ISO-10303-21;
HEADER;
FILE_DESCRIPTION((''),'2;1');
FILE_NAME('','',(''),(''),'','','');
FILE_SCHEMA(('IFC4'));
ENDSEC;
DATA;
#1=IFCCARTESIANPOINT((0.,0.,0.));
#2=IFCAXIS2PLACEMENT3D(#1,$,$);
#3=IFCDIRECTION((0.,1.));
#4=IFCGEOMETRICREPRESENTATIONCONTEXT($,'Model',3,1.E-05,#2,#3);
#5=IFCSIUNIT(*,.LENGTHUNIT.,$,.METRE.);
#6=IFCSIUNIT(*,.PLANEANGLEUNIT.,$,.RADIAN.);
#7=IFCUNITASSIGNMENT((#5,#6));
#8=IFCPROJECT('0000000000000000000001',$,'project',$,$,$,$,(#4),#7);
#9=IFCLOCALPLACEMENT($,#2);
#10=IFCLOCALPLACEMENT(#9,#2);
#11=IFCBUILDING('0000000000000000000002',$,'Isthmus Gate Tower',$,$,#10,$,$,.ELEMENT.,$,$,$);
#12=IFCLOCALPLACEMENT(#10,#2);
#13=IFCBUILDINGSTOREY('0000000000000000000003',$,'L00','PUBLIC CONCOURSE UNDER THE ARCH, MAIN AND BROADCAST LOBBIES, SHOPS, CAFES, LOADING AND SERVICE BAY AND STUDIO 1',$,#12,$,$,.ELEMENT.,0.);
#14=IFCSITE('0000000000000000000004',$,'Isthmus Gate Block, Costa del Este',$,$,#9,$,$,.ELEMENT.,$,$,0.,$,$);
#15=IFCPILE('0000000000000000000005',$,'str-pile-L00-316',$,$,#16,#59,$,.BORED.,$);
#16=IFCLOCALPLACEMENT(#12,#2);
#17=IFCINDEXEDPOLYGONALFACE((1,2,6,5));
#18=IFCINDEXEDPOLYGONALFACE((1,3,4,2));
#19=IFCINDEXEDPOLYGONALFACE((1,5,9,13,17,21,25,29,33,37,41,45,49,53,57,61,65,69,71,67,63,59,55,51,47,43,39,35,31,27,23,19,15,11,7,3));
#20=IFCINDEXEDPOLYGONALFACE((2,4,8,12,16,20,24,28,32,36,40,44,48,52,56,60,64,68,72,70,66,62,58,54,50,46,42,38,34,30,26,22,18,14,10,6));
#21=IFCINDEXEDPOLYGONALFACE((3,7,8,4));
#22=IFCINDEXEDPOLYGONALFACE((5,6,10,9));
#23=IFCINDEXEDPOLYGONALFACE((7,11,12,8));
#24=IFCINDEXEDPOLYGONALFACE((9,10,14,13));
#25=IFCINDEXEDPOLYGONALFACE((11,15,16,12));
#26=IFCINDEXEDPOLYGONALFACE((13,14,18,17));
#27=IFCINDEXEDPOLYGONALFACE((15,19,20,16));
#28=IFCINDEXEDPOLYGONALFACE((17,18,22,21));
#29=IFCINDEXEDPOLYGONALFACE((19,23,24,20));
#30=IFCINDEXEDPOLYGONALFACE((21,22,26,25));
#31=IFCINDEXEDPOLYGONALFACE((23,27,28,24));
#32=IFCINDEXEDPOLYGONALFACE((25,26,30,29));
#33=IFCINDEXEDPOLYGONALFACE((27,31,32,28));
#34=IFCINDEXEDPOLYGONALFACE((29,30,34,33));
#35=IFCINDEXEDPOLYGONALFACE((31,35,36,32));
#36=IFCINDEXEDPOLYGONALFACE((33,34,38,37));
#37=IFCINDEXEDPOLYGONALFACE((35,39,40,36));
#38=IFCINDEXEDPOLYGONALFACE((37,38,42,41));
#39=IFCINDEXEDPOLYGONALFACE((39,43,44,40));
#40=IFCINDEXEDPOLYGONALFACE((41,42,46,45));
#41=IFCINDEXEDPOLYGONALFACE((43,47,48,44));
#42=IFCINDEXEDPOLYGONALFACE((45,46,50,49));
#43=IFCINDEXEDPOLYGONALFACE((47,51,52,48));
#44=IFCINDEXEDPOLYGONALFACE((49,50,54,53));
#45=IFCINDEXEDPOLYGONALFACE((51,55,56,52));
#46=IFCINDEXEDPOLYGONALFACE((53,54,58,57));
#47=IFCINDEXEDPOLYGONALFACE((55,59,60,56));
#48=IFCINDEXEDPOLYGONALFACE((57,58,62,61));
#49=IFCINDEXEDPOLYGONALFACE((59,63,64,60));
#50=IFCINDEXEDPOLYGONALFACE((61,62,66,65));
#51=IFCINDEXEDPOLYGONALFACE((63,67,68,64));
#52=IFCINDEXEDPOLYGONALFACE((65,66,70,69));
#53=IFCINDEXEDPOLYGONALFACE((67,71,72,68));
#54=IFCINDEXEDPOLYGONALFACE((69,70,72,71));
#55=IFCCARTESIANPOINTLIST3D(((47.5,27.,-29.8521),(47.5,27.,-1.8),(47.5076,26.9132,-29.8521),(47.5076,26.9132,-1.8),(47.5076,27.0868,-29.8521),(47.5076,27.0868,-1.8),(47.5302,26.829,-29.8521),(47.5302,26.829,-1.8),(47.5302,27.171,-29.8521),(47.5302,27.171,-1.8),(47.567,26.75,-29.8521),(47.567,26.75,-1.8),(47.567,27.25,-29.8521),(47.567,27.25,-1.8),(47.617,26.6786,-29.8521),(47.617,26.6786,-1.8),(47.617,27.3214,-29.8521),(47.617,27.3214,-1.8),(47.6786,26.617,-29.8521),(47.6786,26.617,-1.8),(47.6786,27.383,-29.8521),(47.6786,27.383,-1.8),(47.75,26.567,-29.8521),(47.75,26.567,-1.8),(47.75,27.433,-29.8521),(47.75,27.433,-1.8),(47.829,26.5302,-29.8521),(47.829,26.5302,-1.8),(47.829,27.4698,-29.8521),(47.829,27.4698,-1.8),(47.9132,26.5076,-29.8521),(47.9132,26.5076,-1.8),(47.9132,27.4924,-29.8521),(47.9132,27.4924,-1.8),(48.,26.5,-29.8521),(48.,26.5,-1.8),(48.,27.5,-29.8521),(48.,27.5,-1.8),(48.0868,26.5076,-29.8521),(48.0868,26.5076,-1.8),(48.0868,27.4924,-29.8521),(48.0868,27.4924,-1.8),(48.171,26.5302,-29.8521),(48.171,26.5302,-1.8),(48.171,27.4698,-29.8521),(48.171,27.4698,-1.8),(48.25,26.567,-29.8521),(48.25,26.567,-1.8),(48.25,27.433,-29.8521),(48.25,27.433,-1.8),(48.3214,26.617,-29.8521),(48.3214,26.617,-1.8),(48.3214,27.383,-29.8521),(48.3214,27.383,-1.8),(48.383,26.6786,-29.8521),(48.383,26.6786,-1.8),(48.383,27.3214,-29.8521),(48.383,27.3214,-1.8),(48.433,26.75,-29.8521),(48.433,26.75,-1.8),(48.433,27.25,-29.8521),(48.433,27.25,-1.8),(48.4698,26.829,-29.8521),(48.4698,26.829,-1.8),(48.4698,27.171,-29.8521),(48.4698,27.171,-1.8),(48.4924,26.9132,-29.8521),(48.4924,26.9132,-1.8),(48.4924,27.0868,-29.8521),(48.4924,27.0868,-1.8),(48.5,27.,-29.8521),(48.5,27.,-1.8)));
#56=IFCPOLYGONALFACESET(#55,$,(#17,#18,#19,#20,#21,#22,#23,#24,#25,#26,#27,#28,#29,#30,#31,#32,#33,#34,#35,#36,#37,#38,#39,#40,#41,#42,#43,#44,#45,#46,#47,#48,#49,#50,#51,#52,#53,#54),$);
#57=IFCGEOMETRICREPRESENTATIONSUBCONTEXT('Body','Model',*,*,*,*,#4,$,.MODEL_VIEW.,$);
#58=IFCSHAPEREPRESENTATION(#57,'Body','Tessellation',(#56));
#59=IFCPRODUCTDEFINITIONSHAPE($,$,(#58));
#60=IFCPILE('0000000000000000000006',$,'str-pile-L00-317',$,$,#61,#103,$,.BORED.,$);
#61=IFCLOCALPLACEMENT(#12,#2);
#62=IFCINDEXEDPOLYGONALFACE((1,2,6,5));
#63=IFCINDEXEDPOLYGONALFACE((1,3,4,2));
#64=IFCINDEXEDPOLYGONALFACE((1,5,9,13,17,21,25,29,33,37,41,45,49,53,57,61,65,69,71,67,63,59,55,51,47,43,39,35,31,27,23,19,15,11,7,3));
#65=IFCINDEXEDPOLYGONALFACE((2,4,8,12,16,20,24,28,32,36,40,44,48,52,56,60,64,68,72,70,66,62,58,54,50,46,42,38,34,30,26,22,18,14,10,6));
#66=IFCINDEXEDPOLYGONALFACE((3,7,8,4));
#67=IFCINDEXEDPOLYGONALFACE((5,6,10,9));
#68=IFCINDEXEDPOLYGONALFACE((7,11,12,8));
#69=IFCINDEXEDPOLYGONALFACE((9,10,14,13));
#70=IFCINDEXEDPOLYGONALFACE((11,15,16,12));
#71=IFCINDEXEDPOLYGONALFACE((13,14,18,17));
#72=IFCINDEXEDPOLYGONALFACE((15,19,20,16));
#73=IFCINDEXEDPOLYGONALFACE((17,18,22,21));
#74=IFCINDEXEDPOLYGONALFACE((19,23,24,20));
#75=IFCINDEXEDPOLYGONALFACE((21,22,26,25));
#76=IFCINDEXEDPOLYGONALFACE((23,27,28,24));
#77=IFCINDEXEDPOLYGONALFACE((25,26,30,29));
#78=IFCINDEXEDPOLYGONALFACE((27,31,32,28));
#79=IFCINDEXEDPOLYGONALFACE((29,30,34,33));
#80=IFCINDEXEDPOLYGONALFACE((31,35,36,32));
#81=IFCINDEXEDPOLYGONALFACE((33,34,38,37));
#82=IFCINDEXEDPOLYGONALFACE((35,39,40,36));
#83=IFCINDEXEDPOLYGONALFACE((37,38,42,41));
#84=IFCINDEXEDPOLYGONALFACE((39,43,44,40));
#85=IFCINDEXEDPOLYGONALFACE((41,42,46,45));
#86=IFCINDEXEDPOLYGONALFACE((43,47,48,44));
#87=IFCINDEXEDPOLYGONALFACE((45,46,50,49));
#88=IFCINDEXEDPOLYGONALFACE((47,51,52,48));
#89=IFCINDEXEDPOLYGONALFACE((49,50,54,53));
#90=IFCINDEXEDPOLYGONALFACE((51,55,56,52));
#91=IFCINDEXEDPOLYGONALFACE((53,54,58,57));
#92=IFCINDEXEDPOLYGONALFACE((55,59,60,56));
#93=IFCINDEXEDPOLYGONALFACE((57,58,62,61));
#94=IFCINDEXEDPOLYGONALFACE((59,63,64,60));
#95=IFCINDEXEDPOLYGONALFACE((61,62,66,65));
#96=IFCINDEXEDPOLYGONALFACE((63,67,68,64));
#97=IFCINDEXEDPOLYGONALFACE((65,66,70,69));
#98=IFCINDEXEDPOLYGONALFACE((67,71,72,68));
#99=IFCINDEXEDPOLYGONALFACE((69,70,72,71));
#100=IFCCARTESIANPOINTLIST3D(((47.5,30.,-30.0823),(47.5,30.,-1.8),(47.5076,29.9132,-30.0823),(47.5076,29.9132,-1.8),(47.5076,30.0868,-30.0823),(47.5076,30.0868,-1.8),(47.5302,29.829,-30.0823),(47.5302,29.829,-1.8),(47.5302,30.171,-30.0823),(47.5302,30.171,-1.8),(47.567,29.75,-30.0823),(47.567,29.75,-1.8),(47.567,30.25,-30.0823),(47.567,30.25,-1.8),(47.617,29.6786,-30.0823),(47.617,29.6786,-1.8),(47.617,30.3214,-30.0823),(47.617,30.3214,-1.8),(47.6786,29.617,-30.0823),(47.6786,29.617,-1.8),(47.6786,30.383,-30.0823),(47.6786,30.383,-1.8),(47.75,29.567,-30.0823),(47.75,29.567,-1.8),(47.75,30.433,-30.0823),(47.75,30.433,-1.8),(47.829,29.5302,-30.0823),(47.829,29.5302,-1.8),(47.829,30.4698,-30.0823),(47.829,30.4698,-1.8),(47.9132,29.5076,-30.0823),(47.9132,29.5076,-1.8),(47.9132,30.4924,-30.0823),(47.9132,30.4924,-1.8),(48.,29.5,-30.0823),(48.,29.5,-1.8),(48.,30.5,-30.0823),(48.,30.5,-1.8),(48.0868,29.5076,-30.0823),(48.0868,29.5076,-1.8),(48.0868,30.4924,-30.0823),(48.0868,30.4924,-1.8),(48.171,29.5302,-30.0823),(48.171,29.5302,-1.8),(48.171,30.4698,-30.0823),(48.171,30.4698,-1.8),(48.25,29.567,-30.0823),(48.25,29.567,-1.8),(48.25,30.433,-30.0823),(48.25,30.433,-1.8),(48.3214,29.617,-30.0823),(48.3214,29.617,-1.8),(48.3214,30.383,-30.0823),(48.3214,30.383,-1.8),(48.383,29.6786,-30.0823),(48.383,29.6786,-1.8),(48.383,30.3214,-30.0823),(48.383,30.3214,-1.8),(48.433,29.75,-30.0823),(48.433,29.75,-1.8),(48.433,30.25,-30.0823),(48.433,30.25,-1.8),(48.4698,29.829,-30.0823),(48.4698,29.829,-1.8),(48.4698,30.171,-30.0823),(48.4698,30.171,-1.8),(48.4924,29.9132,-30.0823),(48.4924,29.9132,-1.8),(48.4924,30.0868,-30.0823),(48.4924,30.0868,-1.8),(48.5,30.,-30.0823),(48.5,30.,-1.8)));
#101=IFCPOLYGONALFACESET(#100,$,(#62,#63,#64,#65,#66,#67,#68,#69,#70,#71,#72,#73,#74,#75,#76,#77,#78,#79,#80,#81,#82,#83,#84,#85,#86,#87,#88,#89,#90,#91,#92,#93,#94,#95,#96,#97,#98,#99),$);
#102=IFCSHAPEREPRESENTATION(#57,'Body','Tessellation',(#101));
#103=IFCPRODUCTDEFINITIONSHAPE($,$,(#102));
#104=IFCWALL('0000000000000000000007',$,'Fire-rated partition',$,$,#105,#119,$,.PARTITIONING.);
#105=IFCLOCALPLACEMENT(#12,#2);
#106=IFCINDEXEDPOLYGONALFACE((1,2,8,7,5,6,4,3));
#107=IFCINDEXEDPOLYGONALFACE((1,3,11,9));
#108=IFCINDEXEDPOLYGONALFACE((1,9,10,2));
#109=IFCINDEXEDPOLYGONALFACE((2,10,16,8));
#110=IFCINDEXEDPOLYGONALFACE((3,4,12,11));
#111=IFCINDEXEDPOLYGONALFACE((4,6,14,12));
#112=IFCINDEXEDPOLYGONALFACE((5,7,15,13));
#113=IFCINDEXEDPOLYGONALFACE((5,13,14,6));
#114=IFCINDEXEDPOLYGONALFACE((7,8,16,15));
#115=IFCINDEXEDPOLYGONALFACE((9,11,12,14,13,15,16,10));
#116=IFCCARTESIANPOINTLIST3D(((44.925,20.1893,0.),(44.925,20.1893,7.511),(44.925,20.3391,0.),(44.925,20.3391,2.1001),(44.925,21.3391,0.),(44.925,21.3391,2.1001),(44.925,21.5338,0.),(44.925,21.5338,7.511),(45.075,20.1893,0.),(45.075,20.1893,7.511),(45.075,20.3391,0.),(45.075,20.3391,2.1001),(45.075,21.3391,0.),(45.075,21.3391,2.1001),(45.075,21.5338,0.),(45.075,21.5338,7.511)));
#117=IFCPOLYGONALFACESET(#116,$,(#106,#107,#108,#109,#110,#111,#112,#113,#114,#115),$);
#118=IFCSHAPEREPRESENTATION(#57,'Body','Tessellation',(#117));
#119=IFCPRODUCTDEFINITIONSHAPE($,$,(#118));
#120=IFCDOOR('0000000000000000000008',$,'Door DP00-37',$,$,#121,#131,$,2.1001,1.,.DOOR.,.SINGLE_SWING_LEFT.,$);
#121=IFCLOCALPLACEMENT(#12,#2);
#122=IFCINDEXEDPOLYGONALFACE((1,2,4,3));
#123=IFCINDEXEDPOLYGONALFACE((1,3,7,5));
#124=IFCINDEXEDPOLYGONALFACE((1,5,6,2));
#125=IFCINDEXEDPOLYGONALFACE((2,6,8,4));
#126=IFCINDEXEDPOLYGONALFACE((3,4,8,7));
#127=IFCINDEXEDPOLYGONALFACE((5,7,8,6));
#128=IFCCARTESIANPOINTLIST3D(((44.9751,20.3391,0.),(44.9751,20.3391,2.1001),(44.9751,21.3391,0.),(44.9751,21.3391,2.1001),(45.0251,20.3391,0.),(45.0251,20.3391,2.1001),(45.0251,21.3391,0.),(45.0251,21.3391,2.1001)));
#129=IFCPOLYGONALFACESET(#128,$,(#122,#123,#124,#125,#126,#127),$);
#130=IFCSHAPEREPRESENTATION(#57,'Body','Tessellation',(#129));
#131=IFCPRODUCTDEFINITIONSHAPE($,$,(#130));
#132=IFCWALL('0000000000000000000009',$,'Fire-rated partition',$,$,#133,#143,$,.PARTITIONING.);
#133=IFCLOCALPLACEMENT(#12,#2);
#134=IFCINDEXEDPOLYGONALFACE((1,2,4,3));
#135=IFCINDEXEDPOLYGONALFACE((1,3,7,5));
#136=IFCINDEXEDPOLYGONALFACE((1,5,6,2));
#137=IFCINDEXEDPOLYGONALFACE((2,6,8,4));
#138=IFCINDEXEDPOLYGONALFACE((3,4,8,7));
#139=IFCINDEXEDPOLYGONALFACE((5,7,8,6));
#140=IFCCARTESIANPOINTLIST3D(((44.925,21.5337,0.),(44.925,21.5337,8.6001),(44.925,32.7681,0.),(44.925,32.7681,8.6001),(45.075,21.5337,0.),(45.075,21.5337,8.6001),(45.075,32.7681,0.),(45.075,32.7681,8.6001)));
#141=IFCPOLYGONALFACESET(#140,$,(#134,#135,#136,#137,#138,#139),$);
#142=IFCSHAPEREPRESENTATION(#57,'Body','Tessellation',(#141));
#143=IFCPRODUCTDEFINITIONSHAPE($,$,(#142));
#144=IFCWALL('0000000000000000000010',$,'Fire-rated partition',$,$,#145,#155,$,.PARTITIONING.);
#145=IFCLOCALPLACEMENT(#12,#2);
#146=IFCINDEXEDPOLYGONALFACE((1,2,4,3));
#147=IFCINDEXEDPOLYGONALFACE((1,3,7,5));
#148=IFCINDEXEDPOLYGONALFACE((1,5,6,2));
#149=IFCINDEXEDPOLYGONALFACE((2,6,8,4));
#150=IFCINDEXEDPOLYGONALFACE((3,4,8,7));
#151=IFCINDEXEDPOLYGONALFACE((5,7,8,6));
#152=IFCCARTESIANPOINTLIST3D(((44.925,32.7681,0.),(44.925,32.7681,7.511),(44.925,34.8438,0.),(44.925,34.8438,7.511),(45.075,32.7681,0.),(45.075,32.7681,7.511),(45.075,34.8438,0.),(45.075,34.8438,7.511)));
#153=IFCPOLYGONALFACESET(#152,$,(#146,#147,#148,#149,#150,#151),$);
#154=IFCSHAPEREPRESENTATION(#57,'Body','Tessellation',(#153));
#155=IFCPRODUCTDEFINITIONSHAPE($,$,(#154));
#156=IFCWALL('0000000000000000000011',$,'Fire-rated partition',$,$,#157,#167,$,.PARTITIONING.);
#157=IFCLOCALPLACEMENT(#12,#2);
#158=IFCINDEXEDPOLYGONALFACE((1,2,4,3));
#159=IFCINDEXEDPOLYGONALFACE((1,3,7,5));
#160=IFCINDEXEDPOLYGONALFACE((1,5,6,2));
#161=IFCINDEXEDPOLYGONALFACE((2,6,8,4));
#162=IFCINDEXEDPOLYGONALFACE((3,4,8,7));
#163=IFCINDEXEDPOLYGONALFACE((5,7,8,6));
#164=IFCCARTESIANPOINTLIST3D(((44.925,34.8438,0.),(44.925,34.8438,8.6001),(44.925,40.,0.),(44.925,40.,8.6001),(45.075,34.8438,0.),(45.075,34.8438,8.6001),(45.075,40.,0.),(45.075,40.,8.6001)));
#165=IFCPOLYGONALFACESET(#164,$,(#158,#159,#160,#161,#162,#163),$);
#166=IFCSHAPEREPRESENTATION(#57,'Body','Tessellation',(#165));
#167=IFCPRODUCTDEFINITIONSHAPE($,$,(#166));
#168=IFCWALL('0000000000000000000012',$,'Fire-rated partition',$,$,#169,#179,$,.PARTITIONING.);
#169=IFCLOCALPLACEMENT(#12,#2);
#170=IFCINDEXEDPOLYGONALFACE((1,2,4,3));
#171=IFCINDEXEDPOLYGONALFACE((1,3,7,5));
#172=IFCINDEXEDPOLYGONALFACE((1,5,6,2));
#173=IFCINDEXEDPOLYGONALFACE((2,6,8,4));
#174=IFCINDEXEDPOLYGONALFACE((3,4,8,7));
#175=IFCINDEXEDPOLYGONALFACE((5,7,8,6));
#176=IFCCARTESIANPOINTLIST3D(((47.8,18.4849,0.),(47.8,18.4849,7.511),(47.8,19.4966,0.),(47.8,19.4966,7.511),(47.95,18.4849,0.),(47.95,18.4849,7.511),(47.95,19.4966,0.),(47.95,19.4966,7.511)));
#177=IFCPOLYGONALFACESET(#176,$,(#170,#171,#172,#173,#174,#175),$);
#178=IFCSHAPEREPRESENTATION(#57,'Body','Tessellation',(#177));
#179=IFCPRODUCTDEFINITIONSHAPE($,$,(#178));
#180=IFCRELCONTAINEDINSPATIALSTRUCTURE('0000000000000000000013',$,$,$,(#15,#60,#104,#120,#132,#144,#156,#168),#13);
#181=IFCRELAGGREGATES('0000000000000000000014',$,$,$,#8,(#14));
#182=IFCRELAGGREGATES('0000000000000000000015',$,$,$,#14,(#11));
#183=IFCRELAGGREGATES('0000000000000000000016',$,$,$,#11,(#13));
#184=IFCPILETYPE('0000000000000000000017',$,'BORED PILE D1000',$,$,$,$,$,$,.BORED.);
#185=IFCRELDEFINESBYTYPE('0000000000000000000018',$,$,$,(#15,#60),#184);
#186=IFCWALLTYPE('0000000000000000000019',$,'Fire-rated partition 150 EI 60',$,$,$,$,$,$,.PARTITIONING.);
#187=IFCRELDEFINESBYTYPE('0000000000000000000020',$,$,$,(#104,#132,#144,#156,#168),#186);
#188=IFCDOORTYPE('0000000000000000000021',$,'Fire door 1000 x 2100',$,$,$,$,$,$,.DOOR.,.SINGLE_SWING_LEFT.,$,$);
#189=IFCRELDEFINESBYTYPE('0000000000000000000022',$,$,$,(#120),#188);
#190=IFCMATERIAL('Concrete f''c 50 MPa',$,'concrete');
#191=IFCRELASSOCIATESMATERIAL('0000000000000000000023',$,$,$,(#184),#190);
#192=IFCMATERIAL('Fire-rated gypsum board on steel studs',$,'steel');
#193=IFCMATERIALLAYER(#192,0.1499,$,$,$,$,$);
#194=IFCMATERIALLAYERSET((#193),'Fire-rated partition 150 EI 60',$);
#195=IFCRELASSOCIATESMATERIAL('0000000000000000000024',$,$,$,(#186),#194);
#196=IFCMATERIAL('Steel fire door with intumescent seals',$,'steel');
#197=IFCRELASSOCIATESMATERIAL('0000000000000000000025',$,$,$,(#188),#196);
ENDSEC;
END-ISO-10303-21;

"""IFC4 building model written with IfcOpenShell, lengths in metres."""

from ifc_helpers import new_model, si_unit, direction, frame, frame_2d, origin, origin_2d, place, context, subcontext, project, spatial, rectangle, circle, extrude, material, layer, layer_set, material_profile, profile_set, type_object, element, fill, save


model = new_model("IFC4")

# Units and contexts
model_context = context("Model", 3, precision=1e-05, world=origin(), true_north=direction((0.0, 1.0)))
body_context = subcontext(model_context, "Body", "Model", "MODEL_VIEW")
ifc_project = project(units=[si_unit("LENGTHUNIT", "METRE"), si_unit("PLANEANGLEUNIT", "RADIAN")], contexts=[model_context])

# Site, building, storey
site_placement = place(None, origin())
site = spatial("IfcSite", under=ifc_project, at=site_placement, Name="Isthmus Gate Block, Costa del Este", CompositionType="ELEMENT", RefElevation=0.0)
building_placement = place(site_placement, origin())
building = spatial("IfcBuilding", under=site, at=building_placement, Name="Isthmus Gate Tower", CompositionType="ELEMENT")
storey_placement = place(building_placement, origin())
storey = spatial("IfcBuildingStorey", under=building, at=storey_placement, Name="L00", Description="PUBLIC CONCOURSE UNDER THE ARCH, MAIN AND BROADCAST LOBBIES, SHOPS, CAFES, LOADING AND SERVICE BAY AND STUDIO 1", CompositionType="ELEMENT", Elevation=0.0)

# Piles
ifc_material_1 = material(Name="Concrete f'c 50 MPa", Category="concrete")
ifc_material_profile = material_profile(ifc_material_1, circle(Radius=0.5, at=origin_2d()), Name="D1000")
ifc_profile_set = profile_set([ifc_material_profile], Name="Concrete f'c 50 MPa")
pile_type = type_object("IfcPileType", Name="BORED PILE D1000", PredefinedType="BORED", material=ifc_profile_set)
pile_1_placement = place(storey_placement, frame((48.0, 27.0, -1.8), z_axis=(0.0, 0.0, -1.0), x_axis=(1.0, 0.0, 0.0)))
element("IfcPile", 1, at=pile_1_placement, inside=storey, type_object=pile_type, Name="str-pile-L00-316", PredefinedType="BORED", context=body_context, shape_type="SweptSolid", body=[
    extrude(circle(Radius=0.5, at=origin_2d()), origin(), (0.0, 0.0, 1.0), 28.052),
])
pile_2_placement = place(storey_placement, frame((48.0, 30.0, -1.8), z_axis=(0.0, 0.0, -1.0), x_axis=(1.0, 0.0, 0.0)))
element("IfcPile", 2, at=pile_2_placement, inside=storey, type_object=pile_type, Name="str-pile-L00-317", PredefinedType="BORED", context=body_context, shape_type="SweptSolid", body=[
    extrude(circle(Radius=0.5, at=origin_2d()), origin(), (0.0, 0.0, 1.0), 28.2822),
])

# Wall, opening, door
ifc_material_2 = material(Name="Fire-rated gypsum board on steel studs", Category="steel")
ifc_layer_1 = layer(ifc_material_2, 0.1499)
ifc_layer_set_1 = layer_set([ifc_layer_1], Name="Fire-rated partition 150 EI 60")
wall_type_1 = type_object("IfcWallType", Name="Fire-rated partition 150 EI 60", PredefinedType="PARTITIONING", material=ifc_layer_set_1)
wall_1_placement = place(storey_placement, frame((45.0, 20.1892, 0.0), z_axis=(0.0, 0.0, 1.0), x_axis=(0.0, 1.0, 0.0)))
wall_1 = element("IfcWall", 3, at=wall_1_placement, inside=storey, type_object=wall_type_1, Name="Fire-rated partition", PredefinedType="PARTITIONING", context=body_context, shape_type="SweptSolid", body=[
    extrude(rectangle(XDim=1.3445, YDim=0.1499, at=frame_2d((0.6724, 0.0))), origin(), (0.0, 0.0, 1.0), 7.511),
])
opening_1_placement = place(wall_1_placement, frame((0.1499, 0.0, 0.0)))
opening_1 = element("IfcOpeningElement", 4, at=opening_1_placement, cuts=wall_1, PredefinedType="OPENING", context=body_context, shape_type="SweptSolid", body=[
    extrude(rectangle(XDim=1.0, YDim=2.1001, at=frame_2d((0.5, 1.05))), frame((0.0, 0.085, 0.0), z_axis=(0.0, -1.0, 0.0), x_axis=(1.0, 0.0, 0.0)), (0.0, 0.0, 1.0), 0.1699),
])
ifc_material_3 = material(Name="Steel fire door with intumescent seals", Category="steel")
door_type_1 = type_object("IfcDoorType", Name="Fire door 1000 x 2100", OperationType="SINGLE_SWING_LEFT", PredefinedType="DOOR", material=ifc_material_3)
door_1_placement = place(opening_1_placement, origin())
door_1 = element("IfcDoor", 5, at=door_1_placement, inside=storey, type_object=door_type_1, Name="Door DP00-37", OperationType="SINGLE_SWING_LEFT", OverallHeight=2.1001, OverallWidth=1.0, PredefinedType="DOOR", context=body_context, shape_type="SweptSolid", body=[
    extrude(rectangle(XDim=1.0, YDim=2.1001, at=frame_2d((0.5, 1.05))), frame((0.0, 0.0249, 0.0), z_axis=(0.0, -1.0, 0.0), x_axis=(1.0, 0.0, 0.0)), (0.0, 0.0, 1.0), 0.05),
])
fill(opening_1, door_1)

# Walls
wall_2_placement = place(storey_placement, frame((45.0, 21.5337, 0.0), z_axis=(0.0, 0.0, 1.0), x_axis=(0.0, 1.0, 0.0)))
element("IfcWall", 6, at=wall_2_placement, inside=storey, type_object=wall_type_1, Name="Fire-rated partition", PredefinedType="PARTITIONING", context=body_context, shape_type="SweptSolid", body=[
    extrude(rectangle(XDim=11.2344, YDim=0.1499, at=frame_2d((5.6172, 0.0))), origin(), (0.0, 0.0, 1.0), 8.6001),
])
wall_3_placement = place(storey_placement, frame((45.0, 32.7681, 0.0), z_axis=(0.0, 0.0, 1.0), x_axis=(0.0, 1.0, 0.0)))
element("IfcWall", 7, at=wall_3_placement, inside=storey, type_object=wall_type_1, Name="Fire-rated partition", PredefinedType="PARTITIONING", context=body_context, shape_type="SweptSolid", body=[
    extrude(rectangle(XDim=2.0757, YDim=0.1499, at=frame_2d((1.0378, 0.0))), origin(), (0.0, 0.0, 1.0), 7.511),
])
wall_4_placement = place(storey_placement, frame((45.0, 34.8438, 0.0), z_axis=(0.0, 0.0, 1.0), x_axis=(0.0, 1.0, 0.0)))
element("IfcWall", 8, at=wall_4_placement, inside=storey, type_object=wall_type_1, Name="Fire-rated partition", PredefinedType="PARTITIONING", context=body_context, shape_type="SweptSolid", body=[
    extrude(rectangle(XDim=5.1562, YDim=0.1499, at=frame_2d((2.5781, 0.0))), origin(), (0.0, 0.0, 1.0), 8.6001),
])
wall_5_placement = place(storey_placement, frame((47.875, 18.4849, 0.0), z_axis=(0.0, 0.0, 1.0), x_axis=(0.0, 1.0, 0.0)))
element("IfcWall", 9, at=wall_5_placement, inside=storey, type_object=wall_type_1, Name="Fire-rated partition", PredefinedType="PARTITIONING", context=body_context, shape_type="SweptSolid", body=[
    extrude(rectangle(XDim=1.0117, YDim=0.1499, at=frame_2d((0.5059, 0.0))), origin(), (0.0, 0.0, 1.0), 7.511),
])

save(model, "model.ifc")
